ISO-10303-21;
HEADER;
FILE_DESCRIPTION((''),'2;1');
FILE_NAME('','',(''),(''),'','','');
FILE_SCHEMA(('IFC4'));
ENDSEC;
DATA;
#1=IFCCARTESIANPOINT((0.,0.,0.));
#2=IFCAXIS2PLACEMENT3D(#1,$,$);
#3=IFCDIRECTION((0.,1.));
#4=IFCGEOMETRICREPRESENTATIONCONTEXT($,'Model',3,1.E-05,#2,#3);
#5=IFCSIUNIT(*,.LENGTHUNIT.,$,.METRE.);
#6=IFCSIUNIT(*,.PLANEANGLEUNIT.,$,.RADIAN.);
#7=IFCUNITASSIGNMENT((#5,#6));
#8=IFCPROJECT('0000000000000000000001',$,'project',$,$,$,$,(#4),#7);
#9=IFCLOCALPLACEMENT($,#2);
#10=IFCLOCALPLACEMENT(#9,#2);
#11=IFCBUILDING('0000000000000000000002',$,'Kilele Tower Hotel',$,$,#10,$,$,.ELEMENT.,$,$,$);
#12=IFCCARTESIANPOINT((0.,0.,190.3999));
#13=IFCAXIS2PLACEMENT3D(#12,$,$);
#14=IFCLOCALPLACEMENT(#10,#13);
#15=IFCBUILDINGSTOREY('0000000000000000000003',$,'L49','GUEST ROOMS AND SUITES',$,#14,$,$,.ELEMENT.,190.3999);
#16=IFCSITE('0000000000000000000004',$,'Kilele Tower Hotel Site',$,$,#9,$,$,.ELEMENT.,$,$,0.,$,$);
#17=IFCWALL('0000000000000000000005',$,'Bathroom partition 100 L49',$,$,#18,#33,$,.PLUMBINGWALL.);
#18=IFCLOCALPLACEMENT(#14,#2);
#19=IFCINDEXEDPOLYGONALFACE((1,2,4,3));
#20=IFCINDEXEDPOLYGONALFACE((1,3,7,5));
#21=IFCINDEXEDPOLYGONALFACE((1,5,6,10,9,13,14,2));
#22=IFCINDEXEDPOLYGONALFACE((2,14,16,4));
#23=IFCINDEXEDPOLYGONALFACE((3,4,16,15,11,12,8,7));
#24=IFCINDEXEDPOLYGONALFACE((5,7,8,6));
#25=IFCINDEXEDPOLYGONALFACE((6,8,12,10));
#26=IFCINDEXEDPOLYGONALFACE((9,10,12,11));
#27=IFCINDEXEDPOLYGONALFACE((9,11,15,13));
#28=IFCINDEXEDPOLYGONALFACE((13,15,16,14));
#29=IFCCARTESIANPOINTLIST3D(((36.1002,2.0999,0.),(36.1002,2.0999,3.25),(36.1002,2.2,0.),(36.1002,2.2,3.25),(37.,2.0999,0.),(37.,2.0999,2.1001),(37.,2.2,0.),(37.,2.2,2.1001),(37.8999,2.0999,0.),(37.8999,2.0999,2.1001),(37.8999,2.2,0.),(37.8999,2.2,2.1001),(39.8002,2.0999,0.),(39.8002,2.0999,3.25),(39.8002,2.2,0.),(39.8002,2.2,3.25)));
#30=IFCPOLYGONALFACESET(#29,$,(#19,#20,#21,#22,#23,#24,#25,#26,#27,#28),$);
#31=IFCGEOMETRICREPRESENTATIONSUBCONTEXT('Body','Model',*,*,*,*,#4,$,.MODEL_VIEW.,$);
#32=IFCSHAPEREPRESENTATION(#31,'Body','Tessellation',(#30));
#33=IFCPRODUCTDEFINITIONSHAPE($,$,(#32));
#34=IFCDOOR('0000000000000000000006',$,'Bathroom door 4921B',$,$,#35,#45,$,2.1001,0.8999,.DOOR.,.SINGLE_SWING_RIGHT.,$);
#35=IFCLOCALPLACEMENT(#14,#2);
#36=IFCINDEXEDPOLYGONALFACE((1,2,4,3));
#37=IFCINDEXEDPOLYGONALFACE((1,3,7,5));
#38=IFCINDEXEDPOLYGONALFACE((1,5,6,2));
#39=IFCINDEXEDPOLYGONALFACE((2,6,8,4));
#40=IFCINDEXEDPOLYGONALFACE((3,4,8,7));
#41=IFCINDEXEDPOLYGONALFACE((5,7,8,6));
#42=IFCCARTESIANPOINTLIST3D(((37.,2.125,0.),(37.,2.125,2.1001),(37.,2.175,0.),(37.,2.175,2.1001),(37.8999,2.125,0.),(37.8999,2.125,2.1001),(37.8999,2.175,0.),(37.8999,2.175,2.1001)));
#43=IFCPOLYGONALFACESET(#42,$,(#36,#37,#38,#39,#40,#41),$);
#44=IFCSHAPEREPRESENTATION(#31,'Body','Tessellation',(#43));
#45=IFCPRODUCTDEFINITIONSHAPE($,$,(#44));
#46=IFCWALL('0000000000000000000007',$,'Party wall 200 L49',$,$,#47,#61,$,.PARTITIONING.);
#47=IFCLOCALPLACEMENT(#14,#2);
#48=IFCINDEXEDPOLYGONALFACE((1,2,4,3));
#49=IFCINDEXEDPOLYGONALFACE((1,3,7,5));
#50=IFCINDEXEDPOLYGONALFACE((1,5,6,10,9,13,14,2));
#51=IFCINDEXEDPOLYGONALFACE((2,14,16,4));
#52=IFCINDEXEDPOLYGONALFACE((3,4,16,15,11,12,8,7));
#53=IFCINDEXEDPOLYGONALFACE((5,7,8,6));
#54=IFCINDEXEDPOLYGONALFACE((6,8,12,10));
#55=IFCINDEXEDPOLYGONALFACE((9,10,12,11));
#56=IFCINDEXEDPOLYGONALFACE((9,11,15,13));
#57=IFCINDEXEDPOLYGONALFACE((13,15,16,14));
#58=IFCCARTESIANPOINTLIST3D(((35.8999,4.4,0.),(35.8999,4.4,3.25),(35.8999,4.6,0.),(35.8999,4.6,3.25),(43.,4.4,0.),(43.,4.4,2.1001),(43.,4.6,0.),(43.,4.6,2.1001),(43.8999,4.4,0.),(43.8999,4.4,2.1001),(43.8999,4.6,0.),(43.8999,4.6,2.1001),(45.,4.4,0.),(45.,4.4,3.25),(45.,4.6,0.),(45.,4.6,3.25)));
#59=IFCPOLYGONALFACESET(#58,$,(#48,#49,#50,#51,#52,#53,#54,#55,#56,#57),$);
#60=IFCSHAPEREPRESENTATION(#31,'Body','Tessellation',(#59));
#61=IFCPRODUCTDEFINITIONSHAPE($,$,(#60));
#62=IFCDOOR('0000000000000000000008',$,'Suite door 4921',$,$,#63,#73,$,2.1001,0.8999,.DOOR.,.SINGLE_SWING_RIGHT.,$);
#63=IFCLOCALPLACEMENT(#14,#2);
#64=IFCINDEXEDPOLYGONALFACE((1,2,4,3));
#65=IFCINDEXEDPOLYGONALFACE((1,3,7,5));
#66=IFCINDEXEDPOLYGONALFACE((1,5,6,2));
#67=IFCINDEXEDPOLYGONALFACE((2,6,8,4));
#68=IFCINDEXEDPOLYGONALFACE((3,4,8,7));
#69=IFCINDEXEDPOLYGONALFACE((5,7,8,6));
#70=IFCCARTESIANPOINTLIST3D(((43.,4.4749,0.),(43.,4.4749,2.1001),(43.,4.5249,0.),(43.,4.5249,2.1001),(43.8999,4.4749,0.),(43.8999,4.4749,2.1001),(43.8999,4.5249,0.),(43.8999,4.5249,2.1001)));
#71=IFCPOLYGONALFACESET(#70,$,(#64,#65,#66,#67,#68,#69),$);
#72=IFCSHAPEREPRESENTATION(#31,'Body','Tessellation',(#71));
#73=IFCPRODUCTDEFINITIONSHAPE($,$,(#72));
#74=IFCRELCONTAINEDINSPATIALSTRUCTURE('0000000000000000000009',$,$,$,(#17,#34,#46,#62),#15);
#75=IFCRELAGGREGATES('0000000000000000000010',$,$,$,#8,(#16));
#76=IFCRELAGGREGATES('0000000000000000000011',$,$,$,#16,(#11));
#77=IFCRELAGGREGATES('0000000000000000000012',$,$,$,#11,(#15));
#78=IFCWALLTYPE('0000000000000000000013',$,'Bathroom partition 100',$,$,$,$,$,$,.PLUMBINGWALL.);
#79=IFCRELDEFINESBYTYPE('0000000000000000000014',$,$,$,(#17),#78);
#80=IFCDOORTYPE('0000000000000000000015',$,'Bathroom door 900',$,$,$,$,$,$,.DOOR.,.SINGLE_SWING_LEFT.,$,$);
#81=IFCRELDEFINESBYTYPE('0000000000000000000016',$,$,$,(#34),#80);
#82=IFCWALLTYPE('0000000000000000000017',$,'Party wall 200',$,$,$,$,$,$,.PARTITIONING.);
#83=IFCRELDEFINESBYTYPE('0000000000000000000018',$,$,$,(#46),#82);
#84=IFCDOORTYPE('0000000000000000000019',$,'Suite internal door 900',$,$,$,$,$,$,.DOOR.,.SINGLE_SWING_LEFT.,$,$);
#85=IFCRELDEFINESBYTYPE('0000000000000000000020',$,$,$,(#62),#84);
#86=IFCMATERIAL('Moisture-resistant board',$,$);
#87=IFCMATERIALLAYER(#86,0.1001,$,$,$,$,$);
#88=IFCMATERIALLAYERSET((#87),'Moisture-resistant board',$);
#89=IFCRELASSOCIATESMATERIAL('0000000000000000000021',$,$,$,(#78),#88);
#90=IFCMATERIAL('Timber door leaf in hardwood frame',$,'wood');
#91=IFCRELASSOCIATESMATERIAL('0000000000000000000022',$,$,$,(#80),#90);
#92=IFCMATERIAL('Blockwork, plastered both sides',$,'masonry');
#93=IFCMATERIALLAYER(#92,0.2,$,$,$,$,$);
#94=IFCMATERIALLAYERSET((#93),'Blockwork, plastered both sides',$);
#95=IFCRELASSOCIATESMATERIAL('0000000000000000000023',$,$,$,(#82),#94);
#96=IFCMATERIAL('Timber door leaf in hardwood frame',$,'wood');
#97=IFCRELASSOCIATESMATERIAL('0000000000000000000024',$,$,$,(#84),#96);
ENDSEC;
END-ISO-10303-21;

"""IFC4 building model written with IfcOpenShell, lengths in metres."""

from ifc_helpers import new_model, si_unit, direction, frame, frame_2d, origin, place, context, subcontext, project, spatial, rectangle, extrude, material, layer, layer_set, type_object, element, fill, save


model = new_model("IFC4")

# Units and contexts
model_context = context("Model", 3, precision=1e-05, world=origin(), true_north=direction((0.0, 1.0)))
body_context = subcontext(model_context, "Body", "Model", "MODEL_VIEW")
ifc_project = project(units=[si_unit("LENGTHUNIT", "METRE"), si_unit("PLANEANGLEUNIT", "RADIAN")], contexts=[model_context])

# Site, building, storey
site_placement = place(None, origin())
site = spatial("IfcSite", under=ifc_project, at=site_placement, Name="Kilele Tower Hotel Site", CompositionType="ELEMENT", RefElevation=0.0)
building_placement = place(site_placement, origin())
building = spatial("IfcBuilding", under=site, at=building_placement, Name="Kilele Tower Hotel", CompositionType="ELEMENT")
storey_placement = place(building_placement, frame((0.0, 0.0, 190.3999)))
storey = spatial("IfcBuildingStorey", under=building, at=storey_placement, Name="L49", Description="GUEST ROOMS AND SUITES", CompositionType="ELEMENT", Elevation=190.3999)

# Shared definitions
ifc_material_1 = material(Name="Moisture-resistant board")
ifc_layer_1 = layer(ifc_material_1, 0.1001)
ifc_layer_set_1 = layer_set([ifc_layer_1], Name="Moisture-resistant board")
wall_type_1 = type_object("IfcWallType", Name="Bathroom partition 100", PredefinedType="PLUMBINGWALL", material=ifc_layer_set_1)

# Walls, openings, doors
ifc_material_2 = material(Name="Timber door leaf in hardwood frame", Category="wood")
door_type_1 = type_object("IfcDoorType", Name="Bathroom door 900", OperationType="SINGLE_SWING_LEFT", PredefinedType="DOOR", material=ifc_material_2)
wall_1_placement = place(storey_placement, frame((36.1001, 2.1499, 0.0), z_axis=(0.0, 0.0, 1.0), x_axis=(1.0, 0.0, 0.0)))
wall_1 = element("IfcWall", 1, at=wall_1_placement, inside=storey, type_object=wall_type_1, Name="Bathroom partition 100 L49", PredefinedType="PLUMBINGWALL", context=body_context, shape_type="SweptSolid", body=[
    extrude(rectangle(XDim=3.7, YDim=0.1001, at=frame_2d((1.8501, 0.0))), origin(), (0.0, 0.0, 1.0), 3.25),
])
opening_1_placement = place(wall_1_placement, frame((1.7998, 0.0, 0.0), z_axis=(0.0, 0.0, 1.0), x_axis=(-1.0, 0.0, 0.0)))
opening_1 = element("IfcOpeningElement", 2, at=opening_1_placement, cuts=wall_1, PredefinedType="OPENING", context=body_context, shape_type="SweptSolid", body=[
    extrude(rectangle(XDim=0.8999, YDim=2.1001, at=frame_2d((0.45, 1.05))), frame((0.0, 0.0601, 0.0), z_axis=(0.0, -1.0, 0.0), x_axis=(1.0, 0.0, 0.0)), (0.0, 0.0, 1.0), 0.1201),
])
door_1_placement = place(opening_1_placement, origin())
door_1 = element("IfcDoor", 3, at=door_1_placement, inside=storey, type_object=door_type_1, Name="Bathroom door 4921B", OperationType="SINGLE_SWING_RIGHT", OverallHeight=2.1001, OverallWidth=0.8999, PredefinedType="DOOR", context=body_context, shape_type="SweptSolid", body=[
    extrude(rectangle(XDim=0.8999, YDim=2.1001, at=frame_2d((0.45, 1.05))), frame((0.0, 0.0249, 0.0), z_axis=(0.0, -1.0, 0.0), x_axis=(1.0, 0.0, 0.0)), (0.0, 0.0, 1.0), 0.05),
])
fill(opening_1, door_1)
ifc_material_3 = material(Name="Blockwork, plastered both sides", Category="masonry")
ifc_layer_2 = layer(ifc_material_3, 0.2)
ifc_layer_set_2 = layer_set([ifc_layer_2], Name="Blockwork, plastered both sides")
wall_type_2 = type_object("IfcWallType", Name="Party wall 200", PredefinedType="PARTITIONING", material=ifc_layer_set_2)
wall_2_placement = place(storey_placement, frame((35.8999, 4.5, 0.0), z_axis=(0.0, 0.0, 1.0), x_axis=(1.0, 0.0, 0.0)))
wall_2 = element("IfcWall", 4, at=wall_2_placement, inside=storey, type_object=wall_type_2, Name="Party wall 200 L49", PredefinedType="PARTITIONING", context=body_context, shape_type="SweptSolid", body=[
    extrude(rectangle(XDim=9.1001, YDim=0.2, at=frame_2d((4.55, 0.0))), origin(), (0.0, 0.0, 1.0), 3.25),
])
opening_2_placement = place(wall_2_placement, frame((7.1001, 0.0, 0.0)))
opening_2 = element("IfcOpeningElement", 5, at=opening_2_placement, cuts=wall_2, PredefinedType="OPENING", context=body_context, shape_type="SweptSolid", body=[
    extrude(rectangle(XDim=0.8999, YDim=2.1001, at=frame_2d((0.45, 1.05))), frame((0.0, 0.1099, 0.0), z_axis=(0.0, -1.0, 0.0), x_axis=(1.0, 0.0, 0.0)), (0.0, 0.0, 1.0), 0.22),
])
ifc_material_4 = material(Name="Timber door leaf in hardwood frame", Category="wood")
door_type_2 = type_object("IfcDoorType", Name="Suite internal door 900", OperationType="SINGLE_SWING_LEFT", PredefinedType="DOOR", material=ifc_material_4)
door_2_placement = place(opening_2_placement, origin())
door_2 = element("IfcDoor", 6, at=door_2_placement, inside=storey, type_object=door_type_2, Name="Suite door 4921", OperationType="SINGLE_SWING_RIGHT", OverallHeight=2.1001, OverallWidth=0.8999, PredefinedType="DOOR", context=body_context, shape_type="SweptSolid", body=[
    extrude(rectangle(XDim=0.8999, YDim=2.1001, at=frame_2d((0.45, 1.05))), frame((0.0, 0.0249, 0.0), z_axis=(0.0, -1.0, 0.0), x_axis=(1.0, 0.0, 0.0)), (0.0, 0.0, 1.0), 0.05),
])
fill(opening_2, door_2)

save(model, "model.ifc")
